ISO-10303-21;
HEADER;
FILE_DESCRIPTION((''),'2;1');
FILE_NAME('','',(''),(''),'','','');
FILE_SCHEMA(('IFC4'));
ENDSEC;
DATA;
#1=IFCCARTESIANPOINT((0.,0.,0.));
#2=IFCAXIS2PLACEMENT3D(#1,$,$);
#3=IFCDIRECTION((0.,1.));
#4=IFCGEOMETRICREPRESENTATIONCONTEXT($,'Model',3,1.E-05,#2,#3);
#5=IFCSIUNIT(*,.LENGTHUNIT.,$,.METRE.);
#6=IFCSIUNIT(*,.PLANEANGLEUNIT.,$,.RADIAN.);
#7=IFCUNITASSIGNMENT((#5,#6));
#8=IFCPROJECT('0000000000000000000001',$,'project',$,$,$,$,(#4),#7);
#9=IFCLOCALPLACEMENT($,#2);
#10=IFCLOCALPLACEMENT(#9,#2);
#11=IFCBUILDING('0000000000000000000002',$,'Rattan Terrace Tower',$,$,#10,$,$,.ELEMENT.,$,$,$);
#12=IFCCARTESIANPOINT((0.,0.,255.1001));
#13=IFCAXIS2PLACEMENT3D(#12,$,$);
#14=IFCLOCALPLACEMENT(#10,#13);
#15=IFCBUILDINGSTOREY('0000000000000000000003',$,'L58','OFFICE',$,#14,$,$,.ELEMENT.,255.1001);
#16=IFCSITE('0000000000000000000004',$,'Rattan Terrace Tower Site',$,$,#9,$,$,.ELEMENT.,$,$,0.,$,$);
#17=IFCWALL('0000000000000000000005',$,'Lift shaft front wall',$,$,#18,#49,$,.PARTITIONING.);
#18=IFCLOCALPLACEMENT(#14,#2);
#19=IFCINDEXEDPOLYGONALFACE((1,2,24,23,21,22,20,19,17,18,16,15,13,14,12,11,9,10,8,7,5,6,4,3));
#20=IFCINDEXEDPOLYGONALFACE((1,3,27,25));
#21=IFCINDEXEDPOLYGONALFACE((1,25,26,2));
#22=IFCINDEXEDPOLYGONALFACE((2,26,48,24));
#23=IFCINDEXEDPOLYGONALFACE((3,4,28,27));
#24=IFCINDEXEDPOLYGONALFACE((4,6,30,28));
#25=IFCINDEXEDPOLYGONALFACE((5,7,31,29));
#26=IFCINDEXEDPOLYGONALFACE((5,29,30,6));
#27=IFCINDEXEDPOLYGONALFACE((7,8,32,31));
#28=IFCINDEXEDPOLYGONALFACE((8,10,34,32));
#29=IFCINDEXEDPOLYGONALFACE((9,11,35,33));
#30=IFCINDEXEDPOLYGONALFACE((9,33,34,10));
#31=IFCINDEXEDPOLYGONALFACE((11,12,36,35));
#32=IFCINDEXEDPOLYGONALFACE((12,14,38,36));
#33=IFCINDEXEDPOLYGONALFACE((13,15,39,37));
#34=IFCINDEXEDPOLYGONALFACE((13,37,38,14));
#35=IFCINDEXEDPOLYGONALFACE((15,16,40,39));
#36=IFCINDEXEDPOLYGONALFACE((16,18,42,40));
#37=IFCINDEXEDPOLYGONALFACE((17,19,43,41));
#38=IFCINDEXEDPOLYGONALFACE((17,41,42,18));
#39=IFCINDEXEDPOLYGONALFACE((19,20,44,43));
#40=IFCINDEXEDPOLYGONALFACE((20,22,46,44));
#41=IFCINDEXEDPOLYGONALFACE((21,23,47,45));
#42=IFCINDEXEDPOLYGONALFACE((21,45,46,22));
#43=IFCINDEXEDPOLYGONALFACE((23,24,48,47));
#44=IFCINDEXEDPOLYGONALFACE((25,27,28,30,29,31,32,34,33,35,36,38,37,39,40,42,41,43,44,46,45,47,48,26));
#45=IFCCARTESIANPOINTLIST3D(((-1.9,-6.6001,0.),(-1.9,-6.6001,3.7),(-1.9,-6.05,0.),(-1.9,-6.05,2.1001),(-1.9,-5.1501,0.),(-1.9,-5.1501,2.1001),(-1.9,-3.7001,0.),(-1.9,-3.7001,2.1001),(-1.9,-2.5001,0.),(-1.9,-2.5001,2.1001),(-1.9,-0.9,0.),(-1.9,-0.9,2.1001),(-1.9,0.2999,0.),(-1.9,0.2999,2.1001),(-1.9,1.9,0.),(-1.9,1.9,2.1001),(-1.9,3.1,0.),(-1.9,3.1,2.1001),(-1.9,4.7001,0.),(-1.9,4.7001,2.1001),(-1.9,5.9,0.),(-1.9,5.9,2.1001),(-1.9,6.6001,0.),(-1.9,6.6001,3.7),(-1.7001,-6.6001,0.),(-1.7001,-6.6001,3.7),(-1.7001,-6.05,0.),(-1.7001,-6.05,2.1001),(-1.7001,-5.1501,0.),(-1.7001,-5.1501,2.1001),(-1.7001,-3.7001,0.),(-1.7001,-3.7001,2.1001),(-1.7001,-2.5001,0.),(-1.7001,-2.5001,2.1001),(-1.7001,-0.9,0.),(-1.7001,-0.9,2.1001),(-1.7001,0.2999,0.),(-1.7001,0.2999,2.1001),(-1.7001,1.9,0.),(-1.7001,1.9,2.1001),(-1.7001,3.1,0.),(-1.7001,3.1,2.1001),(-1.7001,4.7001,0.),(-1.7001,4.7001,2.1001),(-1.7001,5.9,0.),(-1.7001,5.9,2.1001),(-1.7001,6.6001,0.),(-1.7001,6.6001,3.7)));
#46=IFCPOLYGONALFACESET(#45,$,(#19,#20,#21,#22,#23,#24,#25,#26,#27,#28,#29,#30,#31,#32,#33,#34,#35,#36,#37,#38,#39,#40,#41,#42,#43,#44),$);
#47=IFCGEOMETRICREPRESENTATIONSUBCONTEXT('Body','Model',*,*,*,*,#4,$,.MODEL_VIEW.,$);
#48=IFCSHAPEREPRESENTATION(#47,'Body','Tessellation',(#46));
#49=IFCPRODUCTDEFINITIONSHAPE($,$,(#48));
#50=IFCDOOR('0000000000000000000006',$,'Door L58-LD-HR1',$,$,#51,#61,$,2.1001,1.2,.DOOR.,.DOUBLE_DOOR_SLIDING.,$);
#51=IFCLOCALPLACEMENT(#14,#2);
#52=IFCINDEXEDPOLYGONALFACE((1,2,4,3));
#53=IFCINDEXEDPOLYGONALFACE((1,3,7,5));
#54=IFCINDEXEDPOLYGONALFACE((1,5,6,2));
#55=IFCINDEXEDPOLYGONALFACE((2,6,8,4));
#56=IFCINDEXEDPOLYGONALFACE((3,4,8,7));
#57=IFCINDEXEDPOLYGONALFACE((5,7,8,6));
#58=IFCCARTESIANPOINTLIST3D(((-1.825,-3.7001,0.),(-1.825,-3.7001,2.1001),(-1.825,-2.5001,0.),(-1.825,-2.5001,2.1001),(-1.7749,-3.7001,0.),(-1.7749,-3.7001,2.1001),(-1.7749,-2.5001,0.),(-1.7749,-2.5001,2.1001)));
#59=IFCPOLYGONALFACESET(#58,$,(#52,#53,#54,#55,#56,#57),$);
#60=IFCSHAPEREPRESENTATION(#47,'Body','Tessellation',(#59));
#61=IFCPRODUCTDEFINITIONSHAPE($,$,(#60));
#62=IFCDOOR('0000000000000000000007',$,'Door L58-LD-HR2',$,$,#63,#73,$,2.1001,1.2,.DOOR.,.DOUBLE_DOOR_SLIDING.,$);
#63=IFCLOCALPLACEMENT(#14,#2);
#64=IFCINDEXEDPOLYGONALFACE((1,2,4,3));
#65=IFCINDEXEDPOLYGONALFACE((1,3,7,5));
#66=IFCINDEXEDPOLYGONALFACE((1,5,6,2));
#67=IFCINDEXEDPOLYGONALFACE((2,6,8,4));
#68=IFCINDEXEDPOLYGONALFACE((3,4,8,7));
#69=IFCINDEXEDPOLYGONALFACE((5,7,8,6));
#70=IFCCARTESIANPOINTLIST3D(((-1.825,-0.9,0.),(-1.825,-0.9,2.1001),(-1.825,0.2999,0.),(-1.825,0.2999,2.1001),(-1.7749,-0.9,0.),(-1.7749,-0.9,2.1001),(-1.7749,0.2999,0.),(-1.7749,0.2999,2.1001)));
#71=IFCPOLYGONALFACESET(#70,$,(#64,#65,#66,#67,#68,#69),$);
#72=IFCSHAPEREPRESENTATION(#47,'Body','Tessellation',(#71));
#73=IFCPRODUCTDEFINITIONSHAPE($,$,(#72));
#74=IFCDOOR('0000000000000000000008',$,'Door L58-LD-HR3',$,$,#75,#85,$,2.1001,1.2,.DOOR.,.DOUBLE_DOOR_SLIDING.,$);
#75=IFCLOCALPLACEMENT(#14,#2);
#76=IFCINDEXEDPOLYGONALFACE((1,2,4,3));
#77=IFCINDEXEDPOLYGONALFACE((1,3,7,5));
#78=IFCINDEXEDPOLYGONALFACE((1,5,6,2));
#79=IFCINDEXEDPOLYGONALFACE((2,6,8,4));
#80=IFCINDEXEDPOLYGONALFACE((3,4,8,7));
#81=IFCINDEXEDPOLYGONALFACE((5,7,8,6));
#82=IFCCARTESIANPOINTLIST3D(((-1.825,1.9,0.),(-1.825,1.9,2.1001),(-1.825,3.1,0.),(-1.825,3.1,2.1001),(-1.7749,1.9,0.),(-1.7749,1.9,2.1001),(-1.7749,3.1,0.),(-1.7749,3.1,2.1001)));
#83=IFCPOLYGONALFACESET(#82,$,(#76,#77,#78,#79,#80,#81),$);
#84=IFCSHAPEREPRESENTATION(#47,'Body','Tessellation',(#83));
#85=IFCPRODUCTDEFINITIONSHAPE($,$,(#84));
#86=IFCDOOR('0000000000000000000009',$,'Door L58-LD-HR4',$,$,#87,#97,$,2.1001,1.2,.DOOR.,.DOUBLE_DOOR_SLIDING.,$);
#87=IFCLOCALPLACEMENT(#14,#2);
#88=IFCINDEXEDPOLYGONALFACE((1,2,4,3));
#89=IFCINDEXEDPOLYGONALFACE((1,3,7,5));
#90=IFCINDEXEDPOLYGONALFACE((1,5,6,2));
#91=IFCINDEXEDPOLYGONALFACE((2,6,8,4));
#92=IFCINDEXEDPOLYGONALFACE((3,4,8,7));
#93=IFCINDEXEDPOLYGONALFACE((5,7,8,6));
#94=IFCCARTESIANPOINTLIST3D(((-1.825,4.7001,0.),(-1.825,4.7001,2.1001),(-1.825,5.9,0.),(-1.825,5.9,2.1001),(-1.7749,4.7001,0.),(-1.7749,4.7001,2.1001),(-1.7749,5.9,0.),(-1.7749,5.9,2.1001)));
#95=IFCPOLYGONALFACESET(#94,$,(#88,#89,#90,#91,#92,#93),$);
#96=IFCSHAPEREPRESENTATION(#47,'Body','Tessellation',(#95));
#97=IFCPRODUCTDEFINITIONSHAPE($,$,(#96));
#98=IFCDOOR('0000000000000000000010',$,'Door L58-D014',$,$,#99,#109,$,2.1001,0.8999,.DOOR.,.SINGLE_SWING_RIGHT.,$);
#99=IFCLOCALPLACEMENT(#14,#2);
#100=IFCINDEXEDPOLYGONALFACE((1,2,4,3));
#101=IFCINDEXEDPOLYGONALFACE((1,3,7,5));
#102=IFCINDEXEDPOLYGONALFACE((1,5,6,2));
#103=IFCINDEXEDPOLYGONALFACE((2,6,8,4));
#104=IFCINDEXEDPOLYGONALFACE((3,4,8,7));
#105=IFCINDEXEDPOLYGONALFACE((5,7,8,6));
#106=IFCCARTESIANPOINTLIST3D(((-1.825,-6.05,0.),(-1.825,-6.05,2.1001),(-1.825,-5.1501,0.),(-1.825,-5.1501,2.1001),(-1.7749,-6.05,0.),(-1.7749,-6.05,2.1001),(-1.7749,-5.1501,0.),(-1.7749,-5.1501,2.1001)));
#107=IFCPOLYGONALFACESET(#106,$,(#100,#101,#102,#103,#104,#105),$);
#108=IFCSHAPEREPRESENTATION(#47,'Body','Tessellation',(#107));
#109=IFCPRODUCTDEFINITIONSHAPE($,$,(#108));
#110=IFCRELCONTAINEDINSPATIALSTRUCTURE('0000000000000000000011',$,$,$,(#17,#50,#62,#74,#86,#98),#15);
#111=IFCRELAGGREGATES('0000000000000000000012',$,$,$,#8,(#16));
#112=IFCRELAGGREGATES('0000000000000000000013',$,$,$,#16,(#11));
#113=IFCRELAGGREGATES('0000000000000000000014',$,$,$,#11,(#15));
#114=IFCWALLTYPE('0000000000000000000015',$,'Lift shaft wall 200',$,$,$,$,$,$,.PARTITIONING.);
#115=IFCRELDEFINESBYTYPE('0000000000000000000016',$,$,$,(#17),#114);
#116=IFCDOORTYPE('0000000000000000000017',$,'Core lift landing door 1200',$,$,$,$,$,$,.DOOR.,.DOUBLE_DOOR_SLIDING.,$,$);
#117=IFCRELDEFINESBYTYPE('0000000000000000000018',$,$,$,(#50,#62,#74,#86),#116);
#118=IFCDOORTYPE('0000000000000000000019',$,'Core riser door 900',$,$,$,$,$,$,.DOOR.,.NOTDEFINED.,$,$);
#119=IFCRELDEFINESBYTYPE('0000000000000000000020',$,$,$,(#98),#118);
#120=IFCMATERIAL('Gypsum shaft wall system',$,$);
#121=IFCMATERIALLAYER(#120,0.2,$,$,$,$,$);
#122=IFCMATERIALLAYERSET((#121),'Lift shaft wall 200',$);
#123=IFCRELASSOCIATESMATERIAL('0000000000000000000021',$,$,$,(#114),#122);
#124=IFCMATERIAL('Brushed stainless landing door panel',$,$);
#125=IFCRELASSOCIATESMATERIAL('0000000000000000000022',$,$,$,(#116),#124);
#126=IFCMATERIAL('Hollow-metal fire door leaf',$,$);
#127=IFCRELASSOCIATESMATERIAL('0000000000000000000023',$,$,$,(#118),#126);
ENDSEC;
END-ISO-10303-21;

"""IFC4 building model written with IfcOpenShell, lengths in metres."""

from ifc_helpers import new_model, si_unit, direction, frame, frame_2d, origin, place, context, subcontext, project, spatial, rectangle, extrude, material, layer, layer_set, type_object, element, fill, save


model = new_model("IFC4")

# Units and contexts
model_context = context("Model", 3, precision=1e-05, world=origin(), true_north=direction((0.0, 1.0)))
body_context = subcontext(model_context, "Body", "Model", "MODEL_VIEW")
ifc_project = project(units=[si_unit("LENGTHUNIT", "METRE"), si_unit("PLANEANGLEUNIT", "RADIAN")], contexts=[model_context])

# Site, building, storey
site_placement = place(None, origin())
site = spatial("IfcSite", under=ifc_project, at=site_placement, Name="Rattan Terrace Tower Site", CompositionType="ELEMENT", RefElevation=0.0)
building_placement = place(site_placement, origin())
building = spatial("IfcBuilding", under=site, at=building_placement, Name="Rattan Terrace Tower", CompositionType="ELEMENT")
storey_placement = place(building_placement, frame((0.0, 0.0, 255.1001)))
storey = spatial("IfcBuildingStorey", under=building, at=storey_placement, Name="L58", Description="OFFICE", CompositionType="ELEMENT", Elevation=255.1001)

# Wall, openings, doors
ifc_material_1 = material(Name="Gypsum shaft wall system")
ifc_layer_1 = layer(ifc_material_1, 0.2)
ifc_layer_set_1 = layer_set([ifc_layer_1], Name="Lift shaft wall 200")
wall_type_1 = type_object("IfcWallType", Name="Lift shaft wall 200", PredefinedType="PARTITIONING", material=ifc_layer_set_1)
wall_1_placement = place(storey_placement, frame((-1.8, -6.6001, 0.0), z_axis=(0.0, 0.0, 1.0), x_axis=(0.0, 1.0, 0.0)))
wall_1 = element("IfcWall", 1, at=wall_1_placement, inside=storey, type_object=wall_type_1, Name="Lift shaft front wall", PredefinedType="PARTITIONING", context=body_context, shape_type="SweptSolid", body=[
    extrude(rectangle(XDim=13.2002, YDim=0.2, at=frame_2d((6.6001, 0.0))), origin(), (0.0, 0.0, 1.0), 3.7),
])
opening_1_placement = place(wall_1_placement, frame((0.55, 0.0, 0.0)))
opening_1 = element("IfcOpeningElement", 2, at=opening_1_placement, cuts=wall_1, PredefinedType="OPENING", context=body_context, shape_type="SweptSolid", body=[
    extrude(rectangle(XDim=0.8999, YDim=2.1001, at=frame_2d((0.45, 1.05))), frame((0.0, 0.1106, 0.0), z_axis=(0.0, -1.0, 0.0), x_axis=(1.0, 0.0, 0.0)), (0.0, 0.0, 1.0), 0.2209),
])
opening_2_placement = place(wall_1_placement, frame((2.8999, 0.0, 0.0)))
opening_2 = element("IfcOpeningElement", 3, at=opening_2_placement, cuts=wall_1, PredefinedType="OPENING", context=body_context, shape_type="SweptSolid", body=[
    extrude(rectangle(XDim=1.2, YDim=2.1001, at=frame_2d((0.6001, 1.05))), frame((0.0, 0.1106, 0.0), z_axis=(0.0, -1.0, 0.0), x_axis=(1.0, 0.0, 0.0)), (0.0, 0.0, 1.0), 0.2209),
])
opening_3_placement = place(wall_1_placement, frame((5.7, 0.0, 0.0)))
opening_3 = element("IfcOpeningElement", 4, at=opening_3_placement, cuts=wall_1, PredefinedType="OPENING", context=body_context, shape_type="SweptSolid", body=[
    extrude(rectangle(XDim=1.2, YDim=2.1001, at=frame_2d((0.6001, 1.05))), frame((0.0, 0.1106, 0.0), z_axis=(0.0, -1.0, 0.0), x_axis=(1.0, 0.0, 0.0)), (0.0, 0.0, 1.0), 0.2209),
])
opening_4_placement = place(wall_1_placement, frame((8.5, 0.0, 0.0)))
opening_4 = element("IfcOpeningElement", 5, at=opening_4_placement, cuts=wall_1, PredefinedType="OPENING", context=body_context, shape_type="SweptSolid", body=[
    extrude(rectangle(XDim=1.2, YDim=2.1001, at=frame_2d((0.6001, 1.05))), frame((0.0, 0.1106, 0.0), z_axis=(0.0, -1.0, 0.0), x_axis=(1.0, 0.0, 0.0)), (0.0, 0.0, 1.0), 0.2209),
])
opening_5_placement = place(wall_1_placement, frame((11.3, 0.0, 0.0)))
opening_5 = element("IfcOpeningElement", 6, at=opening_5_placement, cuts=wall_1, PredefinedType="OPENING", context=body_context, shape_type="SweptSolid", body=[
    extrude(rectangle(XDim=1.2, YDim=2.1001, at=frame_2d((0.6001, 1.05))), frame((0.0, 0.1106, 0.0), z_axis=(0.0, -1.0, 0.0), x_axis=(1.0, 0.0, 0.0)), (0.0, 0.0, 1.0), 0.2209),
])
ifc_material_2 = material(Name="Brushed stainless landing door panel")
door_type_1 = type_object("IfcDoorType", Name="Core lift landing door 1200", OperationType="DOUBLE_DOOR_SLIDING", PredefinedType="DOOR", material=ifc_material_2)
door_1_placement = place(opening_2_placement, origin())
door_1 = element("IfcDoor", 7, at=door_1_placement, inside=storey, type_object=door_type_1, Name="Door L58-LD-HR1", OperationType="DOUBLE_DOOR_SLIDING", OverallHeight=2.1001, OverallWidth=1.2, PredefinedType="DOOR", context=body_context, shape_type="SweptSolid", body=[
    extrude(rectangle(XDim=1.2, YDim=2.1001, at=frame_2d((0.6001, 1.05))), frame((0.0, 0.0249, 0.0), z_axis=(0.0, -1.0, 0.0), x_axis=(1.0, 0.0, 0.0)), (0.0, 0.0, 1.0), 0.05),
])
fill(opening_2, door_1)
door_2_placement = place(opening_3_placement, origin())
door_2 = element("IfcDoor", 8, at=door_2_placement, inside=storey, type_object=door_type_1, Name="Door L58-LD-HR2", OperationType="DOUBLE_DOOR_SLIDING", OverallHeight=2.1001, OverallWidth=1.2, PredefinedType="DOOR", context=body_context, shape_type="SweptSolid", body=[
    extrude(rectangle(XDim=1.2, YDim=2.1001, at=frame_2d((0.6001, 1.05))), frame((0.0, 0.0249, 0.0), z_axis=(0.0, -1.0, 0.0), x_axis=(1.0, 0.0, 0.0)), (0.0, 0.0, 1.0), 0.05),
])
fill(opening_3, door_2)
door_3_placement = place(opening_4_placement, origin())
door_3 = element("IfcDoor", 9, at=door_3_placement, inside=storey, type_object=door_type_1, Name="Door L58-LD-HR3", OperationType="DOUBLE_DOOR_SLIDING", OverallHeight=2.1001, OverallWidth=1.2, PredefinedType="DOOR", context=body_context, shape_type="SweptSolid", body=[
    extrude(rectangle(XDim=1.2, YDim=2.1001, at=frame_2d((0.6001, 1.05))), frame((0.0, 0.0249, 0.0), z_axis=(0.0, -1.0, 0.0), x_axis=(1.0, 0.0, 0.0)), (0.0, 0.0, 1.0), 0.05),
])
fill(opening_4, door_3)
door_4_placement = place(opening_5_placement, origin())
door_4 = element("IfcDoor", 10, at=door_4_placement, inside=storey, type_object=door_type_1, Name="Door L58-LD-HR4", OperationType="DOUBLE_DOOR_SLIDING", OverallHeight=2.1001, OverallWidth=1.2, PredefinedType="DOOR", context=body_context, shape_type="SweptSolid", body=[
    extrude(rectangle(XDim=1.2, YDim=2.1001, at=frame_2d((0.6001, 1.05))), frame((0.0, 0.0249, 0.0), z_axis=(0.0, -1.0, 0.0), x_axis=(1.0, 0.0, 0.0)), (0.0, 0.0, 1.0), 0.05),
])
fill(opening_5, door_4)
ifc_material_3 = material(Name="Hollow-metal fire door leaf")
door_type_2 = type_object("IfcDoorType", Name="Core riser door 900", OperationType="NOTDEFINED", PredefinedType="DOOR", material=ifc_material_3)
door_5_placement = place(opening_1_placement, origin())
door_5 = element("IfcDoor", 11, at=door_5_placement, inside=storey, type_object=door_type_2, Name="Door L58-D014", OperationType="SINGLE_SWING_RIGHT", OverallHeight=2.1001, OverallWidth=0.8999, PredefinedType="DOOR", context=body_context, shape_type="SweptSolid", body=[
    extrude(rectangle(XDim=0.8999, YDim=2.1001, at=frame_2d((0.45, 1.05))), frame((0.0, 0.0249, 0.0), z_axis=(0.0, -1.0, 0.0), x_axis=(1.0, 0.0, 0.0)), (0.0, 0.0, 1.0), 0.05),
])
fill(opening_1, door_5)

save(model, "model.ifc")
